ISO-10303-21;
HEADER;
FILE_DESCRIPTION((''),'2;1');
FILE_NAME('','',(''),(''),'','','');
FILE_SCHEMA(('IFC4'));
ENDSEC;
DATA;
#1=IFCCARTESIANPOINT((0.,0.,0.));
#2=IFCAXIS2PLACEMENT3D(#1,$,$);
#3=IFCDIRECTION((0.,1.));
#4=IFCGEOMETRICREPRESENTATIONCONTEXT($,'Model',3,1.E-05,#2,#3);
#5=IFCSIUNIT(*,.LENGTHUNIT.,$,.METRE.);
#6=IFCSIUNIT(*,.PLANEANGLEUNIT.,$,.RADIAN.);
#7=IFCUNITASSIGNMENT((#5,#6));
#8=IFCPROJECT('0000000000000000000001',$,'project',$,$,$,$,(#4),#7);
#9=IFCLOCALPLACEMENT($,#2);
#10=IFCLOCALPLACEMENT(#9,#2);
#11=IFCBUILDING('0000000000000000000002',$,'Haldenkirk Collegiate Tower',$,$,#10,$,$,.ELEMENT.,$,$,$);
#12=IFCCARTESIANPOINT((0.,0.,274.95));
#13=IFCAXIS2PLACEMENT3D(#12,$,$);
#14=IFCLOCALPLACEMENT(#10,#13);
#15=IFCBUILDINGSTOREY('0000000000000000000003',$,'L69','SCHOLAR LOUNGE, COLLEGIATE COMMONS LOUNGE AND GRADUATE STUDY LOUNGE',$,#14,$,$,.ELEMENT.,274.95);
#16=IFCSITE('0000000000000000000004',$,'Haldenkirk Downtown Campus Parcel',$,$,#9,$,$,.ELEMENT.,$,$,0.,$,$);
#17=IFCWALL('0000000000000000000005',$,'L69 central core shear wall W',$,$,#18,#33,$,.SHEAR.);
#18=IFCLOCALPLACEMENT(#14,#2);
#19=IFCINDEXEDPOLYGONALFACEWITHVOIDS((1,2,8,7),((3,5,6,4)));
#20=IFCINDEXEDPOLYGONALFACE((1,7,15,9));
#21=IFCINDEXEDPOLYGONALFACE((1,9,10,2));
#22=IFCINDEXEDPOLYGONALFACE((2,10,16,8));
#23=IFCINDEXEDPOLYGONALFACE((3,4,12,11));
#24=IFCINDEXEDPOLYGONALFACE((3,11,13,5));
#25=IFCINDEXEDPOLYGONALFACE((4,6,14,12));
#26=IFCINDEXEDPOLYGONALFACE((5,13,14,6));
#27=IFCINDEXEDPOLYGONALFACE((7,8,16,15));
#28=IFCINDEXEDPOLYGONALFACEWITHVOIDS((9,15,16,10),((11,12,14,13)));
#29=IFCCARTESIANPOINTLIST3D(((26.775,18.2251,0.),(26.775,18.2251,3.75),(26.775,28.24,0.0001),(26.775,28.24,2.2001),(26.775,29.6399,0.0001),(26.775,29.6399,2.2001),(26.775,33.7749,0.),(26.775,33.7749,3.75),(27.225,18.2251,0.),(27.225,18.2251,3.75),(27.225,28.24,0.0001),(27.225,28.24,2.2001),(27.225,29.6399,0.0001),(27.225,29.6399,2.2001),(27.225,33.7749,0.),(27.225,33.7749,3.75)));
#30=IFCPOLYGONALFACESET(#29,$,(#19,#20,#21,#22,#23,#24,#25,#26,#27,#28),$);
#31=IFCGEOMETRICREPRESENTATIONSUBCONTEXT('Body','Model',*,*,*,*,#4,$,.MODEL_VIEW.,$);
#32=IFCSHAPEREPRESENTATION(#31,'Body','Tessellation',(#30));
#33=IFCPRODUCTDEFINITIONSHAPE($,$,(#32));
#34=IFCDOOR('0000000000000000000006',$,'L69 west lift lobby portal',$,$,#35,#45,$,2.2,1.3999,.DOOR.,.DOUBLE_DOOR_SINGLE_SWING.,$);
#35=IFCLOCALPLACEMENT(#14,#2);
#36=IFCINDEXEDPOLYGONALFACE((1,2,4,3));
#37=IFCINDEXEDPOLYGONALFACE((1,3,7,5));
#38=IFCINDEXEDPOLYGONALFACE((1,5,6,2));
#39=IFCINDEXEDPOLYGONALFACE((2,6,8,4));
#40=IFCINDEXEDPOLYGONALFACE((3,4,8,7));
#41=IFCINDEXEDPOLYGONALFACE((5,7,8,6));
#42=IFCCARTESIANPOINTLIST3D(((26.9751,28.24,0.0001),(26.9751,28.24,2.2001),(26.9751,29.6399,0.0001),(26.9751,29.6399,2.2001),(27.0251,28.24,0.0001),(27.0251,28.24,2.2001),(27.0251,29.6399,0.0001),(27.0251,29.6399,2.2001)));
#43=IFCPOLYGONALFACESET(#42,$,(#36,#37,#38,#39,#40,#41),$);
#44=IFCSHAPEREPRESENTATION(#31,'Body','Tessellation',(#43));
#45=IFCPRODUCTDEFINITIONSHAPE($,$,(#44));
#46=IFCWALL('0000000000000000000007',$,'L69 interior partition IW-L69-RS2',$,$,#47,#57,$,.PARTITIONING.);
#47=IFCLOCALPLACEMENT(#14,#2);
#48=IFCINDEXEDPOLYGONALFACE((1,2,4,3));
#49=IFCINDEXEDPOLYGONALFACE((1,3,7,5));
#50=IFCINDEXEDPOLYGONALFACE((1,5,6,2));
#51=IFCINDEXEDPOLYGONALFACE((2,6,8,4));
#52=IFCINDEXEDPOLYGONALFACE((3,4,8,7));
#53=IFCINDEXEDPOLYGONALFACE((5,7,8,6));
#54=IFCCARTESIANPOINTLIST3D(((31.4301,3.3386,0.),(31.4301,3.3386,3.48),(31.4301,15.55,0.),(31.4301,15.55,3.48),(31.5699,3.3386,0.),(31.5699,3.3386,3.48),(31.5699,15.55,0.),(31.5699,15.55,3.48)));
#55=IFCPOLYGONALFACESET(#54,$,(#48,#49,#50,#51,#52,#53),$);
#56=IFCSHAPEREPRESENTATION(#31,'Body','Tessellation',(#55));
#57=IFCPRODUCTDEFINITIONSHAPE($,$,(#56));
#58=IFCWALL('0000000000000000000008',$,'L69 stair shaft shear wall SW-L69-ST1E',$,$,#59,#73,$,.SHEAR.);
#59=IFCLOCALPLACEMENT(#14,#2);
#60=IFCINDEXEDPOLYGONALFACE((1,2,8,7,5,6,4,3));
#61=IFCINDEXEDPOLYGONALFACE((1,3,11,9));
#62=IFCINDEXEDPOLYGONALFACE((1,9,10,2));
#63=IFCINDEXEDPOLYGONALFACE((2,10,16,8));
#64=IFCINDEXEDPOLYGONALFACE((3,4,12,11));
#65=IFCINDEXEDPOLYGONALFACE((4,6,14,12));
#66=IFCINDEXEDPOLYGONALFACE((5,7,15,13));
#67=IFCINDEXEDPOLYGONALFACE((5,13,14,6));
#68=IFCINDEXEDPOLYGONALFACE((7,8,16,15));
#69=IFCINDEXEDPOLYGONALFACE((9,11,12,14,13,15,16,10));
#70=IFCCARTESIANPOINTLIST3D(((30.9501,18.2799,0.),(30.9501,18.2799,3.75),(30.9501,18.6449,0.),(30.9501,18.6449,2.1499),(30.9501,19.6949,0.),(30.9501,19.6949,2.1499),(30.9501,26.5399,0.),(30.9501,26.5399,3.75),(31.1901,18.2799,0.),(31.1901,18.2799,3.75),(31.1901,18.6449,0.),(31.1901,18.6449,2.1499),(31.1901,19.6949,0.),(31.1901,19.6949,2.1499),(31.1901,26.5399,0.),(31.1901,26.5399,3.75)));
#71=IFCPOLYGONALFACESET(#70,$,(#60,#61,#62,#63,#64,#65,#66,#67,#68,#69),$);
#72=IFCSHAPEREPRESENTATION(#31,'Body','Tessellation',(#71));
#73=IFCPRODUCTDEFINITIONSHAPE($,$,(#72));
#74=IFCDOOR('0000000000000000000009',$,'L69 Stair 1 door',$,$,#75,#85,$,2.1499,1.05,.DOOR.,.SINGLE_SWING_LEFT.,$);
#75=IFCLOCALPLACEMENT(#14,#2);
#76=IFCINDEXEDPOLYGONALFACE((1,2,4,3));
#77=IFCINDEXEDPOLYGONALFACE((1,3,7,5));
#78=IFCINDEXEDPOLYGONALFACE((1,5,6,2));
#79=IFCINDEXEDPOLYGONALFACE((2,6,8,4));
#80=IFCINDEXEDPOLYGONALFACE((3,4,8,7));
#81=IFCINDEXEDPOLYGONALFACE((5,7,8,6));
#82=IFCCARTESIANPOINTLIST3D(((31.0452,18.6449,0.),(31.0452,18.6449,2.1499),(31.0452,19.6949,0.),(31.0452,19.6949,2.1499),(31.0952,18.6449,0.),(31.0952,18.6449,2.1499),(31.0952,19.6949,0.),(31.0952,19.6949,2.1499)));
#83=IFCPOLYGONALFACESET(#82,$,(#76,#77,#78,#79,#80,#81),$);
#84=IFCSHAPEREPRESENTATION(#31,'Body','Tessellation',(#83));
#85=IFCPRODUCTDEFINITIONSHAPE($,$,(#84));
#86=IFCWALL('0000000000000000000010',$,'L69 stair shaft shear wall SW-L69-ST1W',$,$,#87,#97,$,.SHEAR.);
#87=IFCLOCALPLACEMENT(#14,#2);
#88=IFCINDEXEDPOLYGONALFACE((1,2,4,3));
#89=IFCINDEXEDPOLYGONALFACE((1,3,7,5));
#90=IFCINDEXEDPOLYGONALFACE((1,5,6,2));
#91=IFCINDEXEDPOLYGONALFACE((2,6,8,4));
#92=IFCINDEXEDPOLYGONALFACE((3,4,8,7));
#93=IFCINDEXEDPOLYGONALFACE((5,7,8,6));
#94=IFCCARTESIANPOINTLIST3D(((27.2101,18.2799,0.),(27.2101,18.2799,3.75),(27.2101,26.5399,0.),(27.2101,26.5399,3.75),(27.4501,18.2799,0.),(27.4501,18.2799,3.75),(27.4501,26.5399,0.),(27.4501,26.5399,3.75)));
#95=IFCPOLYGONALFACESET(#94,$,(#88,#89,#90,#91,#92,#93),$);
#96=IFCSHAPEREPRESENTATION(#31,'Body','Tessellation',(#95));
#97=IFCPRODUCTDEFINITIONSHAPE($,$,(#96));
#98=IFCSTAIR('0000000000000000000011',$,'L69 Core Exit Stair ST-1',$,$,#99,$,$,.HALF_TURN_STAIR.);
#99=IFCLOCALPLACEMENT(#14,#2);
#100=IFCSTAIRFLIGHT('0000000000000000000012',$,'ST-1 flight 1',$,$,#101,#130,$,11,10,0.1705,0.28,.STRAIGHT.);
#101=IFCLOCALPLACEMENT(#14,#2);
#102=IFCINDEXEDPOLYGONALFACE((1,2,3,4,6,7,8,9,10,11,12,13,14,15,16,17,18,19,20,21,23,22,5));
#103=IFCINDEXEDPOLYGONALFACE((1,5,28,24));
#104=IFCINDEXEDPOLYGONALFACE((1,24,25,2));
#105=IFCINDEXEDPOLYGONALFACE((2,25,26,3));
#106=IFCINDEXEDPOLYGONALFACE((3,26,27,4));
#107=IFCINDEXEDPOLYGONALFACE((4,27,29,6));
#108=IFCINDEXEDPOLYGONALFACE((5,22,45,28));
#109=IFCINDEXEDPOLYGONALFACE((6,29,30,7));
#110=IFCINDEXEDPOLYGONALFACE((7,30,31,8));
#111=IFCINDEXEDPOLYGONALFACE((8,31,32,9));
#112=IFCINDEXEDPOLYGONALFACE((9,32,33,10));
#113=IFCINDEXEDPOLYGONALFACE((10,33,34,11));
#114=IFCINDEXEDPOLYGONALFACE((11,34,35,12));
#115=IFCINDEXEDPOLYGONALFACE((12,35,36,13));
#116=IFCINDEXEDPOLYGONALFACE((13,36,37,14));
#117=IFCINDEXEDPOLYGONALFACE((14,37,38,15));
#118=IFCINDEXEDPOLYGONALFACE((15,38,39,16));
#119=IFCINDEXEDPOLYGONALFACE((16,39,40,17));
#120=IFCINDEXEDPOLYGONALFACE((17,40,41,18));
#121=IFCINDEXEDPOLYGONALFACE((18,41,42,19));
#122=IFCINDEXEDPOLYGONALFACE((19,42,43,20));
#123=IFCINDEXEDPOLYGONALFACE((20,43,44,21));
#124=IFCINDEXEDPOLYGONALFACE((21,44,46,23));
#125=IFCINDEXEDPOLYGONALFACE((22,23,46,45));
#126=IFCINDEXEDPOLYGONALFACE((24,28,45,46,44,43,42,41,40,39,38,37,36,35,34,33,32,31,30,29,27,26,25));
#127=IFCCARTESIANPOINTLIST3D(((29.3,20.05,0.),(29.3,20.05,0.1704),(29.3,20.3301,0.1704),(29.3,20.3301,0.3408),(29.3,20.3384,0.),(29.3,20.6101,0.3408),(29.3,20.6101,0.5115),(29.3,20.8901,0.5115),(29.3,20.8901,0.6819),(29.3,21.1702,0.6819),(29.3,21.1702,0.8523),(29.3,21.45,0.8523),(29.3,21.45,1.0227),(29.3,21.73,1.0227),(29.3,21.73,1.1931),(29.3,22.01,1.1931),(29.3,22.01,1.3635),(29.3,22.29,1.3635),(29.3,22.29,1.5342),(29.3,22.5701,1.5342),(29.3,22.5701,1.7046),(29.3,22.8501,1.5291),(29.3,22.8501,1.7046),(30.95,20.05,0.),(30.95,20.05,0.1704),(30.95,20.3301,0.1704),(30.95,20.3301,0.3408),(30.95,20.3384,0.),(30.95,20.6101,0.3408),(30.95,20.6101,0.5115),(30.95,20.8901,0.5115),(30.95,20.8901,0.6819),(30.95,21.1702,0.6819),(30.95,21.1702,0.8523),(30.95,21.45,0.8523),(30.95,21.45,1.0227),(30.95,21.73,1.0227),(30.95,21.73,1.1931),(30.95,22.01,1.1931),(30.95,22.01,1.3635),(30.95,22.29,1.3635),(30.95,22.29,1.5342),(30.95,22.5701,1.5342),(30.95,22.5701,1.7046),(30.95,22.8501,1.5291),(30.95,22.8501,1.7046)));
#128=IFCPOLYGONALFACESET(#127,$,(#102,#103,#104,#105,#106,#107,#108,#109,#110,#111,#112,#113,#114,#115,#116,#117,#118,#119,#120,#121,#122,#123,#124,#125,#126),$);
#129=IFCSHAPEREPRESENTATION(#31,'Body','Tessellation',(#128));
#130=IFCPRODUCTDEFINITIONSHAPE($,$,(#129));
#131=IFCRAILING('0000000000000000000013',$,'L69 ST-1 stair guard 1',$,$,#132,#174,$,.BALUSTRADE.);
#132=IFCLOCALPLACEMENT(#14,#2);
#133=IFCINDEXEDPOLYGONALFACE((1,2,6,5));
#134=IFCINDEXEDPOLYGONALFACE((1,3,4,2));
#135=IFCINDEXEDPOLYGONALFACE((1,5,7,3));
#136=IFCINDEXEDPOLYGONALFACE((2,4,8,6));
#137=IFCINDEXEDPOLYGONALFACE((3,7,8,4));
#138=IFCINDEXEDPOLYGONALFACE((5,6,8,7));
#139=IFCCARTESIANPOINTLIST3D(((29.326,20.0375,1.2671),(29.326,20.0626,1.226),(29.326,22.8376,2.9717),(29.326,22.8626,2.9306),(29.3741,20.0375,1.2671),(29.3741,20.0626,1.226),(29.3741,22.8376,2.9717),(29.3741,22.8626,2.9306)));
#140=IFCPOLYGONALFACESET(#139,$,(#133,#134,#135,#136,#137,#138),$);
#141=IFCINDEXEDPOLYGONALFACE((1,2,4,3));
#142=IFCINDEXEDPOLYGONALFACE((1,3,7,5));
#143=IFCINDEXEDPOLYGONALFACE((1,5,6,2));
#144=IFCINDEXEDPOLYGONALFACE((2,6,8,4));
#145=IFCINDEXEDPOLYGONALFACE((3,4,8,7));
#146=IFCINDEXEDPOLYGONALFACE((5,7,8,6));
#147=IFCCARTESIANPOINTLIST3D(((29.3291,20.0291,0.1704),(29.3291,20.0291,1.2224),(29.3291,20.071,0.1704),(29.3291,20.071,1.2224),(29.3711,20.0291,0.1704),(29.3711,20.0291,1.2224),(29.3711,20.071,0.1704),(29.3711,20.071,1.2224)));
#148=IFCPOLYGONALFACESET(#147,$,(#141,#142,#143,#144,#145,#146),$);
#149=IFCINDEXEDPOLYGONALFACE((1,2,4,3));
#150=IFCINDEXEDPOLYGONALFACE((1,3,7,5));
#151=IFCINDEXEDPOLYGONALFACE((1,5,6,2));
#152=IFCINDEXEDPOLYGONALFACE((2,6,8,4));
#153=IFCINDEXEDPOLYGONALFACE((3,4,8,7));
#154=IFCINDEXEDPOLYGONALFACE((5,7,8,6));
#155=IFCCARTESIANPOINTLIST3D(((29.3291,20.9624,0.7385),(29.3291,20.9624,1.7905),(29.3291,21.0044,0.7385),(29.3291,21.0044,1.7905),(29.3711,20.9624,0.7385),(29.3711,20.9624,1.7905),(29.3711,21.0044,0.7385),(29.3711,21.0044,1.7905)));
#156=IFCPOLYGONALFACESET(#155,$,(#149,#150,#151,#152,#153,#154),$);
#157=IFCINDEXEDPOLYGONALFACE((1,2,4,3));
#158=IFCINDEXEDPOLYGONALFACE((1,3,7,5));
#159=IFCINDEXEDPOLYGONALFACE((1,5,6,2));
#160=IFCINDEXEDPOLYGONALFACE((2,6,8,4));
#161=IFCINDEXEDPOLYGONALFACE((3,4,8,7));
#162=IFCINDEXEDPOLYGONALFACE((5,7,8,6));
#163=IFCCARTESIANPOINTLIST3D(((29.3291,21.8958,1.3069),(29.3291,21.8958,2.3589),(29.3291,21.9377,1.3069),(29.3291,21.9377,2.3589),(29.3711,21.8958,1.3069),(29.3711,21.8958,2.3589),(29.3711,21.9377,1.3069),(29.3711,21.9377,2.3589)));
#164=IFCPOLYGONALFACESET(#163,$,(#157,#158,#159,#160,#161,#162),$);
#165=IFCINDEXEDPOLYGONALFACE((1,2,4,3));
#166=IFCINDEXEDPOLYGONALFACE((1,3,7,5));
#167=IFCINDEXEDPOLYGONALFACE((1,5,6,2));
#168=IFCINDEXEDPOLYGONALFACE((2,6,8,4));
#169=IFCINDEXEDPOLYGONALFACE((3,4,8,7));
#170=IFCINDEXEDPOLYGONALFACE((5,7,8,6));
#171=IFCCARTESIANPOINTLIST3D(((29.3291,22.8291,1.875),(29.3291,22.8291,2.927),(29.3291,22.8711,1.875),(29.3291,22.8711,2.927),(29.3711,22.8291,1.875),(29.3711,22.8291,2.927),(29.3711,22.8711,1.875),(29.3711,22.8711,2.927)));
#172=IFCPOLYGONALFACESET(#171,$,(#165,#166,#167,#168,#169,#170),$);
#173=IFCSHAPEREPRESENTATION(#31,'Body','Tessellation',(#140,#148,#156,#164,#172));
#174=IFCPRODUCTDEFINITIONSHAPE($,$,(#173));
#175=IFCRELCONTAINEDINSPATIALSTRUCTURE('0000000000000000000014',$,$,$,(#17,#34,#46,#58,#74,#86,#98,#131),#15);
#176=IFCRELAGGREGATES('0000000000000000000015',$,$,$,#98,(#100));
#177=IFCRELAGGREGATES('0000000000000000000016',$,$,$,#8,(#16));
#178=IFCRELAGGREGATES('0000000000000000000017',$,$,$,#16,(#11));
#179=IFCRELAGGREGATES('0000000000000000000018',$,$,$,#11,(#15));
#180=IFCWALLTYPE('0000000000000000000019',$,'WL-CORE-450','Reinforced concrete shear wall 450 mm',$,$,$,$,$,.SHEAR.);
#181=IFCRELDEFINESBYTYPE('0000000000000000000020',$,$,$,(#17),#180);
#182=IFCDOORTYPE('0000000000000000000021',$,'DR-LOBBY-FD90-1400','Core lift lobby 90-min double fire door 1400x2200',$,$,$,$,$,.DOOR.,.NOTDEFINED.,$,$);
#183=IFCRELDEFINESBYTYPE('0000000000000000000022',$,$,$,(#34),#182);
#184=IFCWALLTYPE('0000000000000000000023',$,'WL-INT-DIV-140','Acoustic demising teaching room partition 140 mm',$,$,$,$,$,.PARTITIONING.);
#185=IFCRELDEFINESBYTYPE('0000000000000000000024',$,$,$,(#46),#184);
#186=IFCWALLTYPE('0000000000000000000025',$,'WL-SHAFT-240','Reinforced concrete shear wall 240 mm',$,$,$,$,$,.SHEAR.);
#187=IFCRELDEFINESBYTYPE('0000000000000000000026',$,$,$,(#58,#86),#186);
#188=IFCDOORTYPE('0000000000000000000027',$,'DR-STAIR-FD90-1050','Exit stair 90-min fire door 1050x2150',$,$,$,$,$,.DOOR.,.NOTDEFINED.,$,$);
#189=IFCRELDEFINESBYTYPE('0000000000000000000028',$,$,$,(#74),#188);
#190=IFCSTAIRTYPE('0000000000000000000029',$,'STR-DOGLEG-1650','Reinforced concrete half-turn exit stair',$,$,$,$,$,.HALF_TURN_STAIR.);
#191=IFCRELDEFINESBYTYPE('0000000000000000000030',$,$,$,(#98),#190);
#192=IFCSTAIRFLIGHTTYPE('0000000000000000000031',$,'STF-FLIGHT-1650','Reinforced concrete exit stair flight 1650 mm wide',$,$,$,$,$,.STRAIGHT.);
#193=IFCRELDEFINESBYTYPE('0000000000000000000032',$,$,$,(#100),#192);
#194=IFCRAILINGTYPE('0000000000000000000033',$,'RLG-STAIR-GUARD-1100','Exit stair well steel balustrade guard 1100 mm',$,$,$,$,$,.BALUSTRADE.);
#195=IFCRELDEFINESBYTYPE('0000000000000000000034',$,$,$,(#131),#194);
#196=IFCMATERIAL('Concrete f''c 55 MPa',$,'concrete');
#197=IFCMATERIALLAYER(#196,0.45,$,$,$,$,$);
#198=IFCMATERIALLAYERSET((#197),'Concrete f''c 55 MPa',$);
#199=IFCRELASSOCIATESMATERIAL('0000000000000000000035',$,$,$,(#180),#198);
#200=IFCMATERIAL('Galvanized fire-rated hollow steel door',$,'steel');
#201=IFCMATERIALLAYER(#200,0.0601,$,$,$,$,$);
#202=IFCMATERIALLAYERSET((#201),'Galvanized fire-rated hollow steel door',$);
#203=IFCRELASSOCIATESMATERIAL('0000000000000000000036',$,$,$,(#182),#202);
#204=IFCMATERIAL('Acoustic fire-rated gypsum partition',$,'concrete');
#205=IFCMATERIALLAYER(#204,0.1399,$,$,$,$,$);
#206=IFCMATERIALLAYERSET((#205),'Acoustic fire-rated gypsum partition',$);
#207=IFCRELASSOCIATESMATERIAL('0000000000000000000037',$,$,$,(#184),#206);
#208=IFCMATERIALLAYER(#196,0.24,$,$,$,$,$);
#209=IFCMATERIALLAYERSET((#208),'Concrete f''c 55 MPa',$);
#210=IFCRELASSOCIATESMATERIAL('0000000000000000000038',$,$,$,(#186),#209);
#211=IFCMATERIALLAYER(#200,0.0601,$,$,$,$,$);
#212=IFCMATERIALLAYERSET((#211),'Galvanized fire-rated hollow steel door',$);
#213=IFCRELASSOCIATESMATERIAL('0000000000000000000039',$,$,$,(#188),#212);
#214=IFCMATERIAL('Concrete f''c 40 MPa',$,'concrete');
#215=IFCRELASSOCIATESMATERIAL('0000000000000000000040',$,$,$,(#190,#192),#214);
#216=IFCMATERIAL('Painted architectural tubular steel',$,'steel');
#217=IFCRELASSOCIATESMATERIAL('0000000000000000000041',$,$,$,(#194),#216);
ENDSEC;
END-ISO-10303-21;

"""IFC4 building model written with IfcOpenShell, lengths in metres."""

from ifc_helpers import new_model, si_unit, direction, frame, frame_2d, origin, origin_2d, place, context, subcontext, project, spatial, polyline, rectangle, outline, extrude, material, layer, layer_set, type_object, element, fill, aggregate, save


model = new_model("IFC4")

# Units and contexts
model_context = context("Model", 3, precision=1e-05, world=origin(), true_north=direction((0.0, 1.0)))
body_context = subcontext(model_context, "Body", "Model", "MODEL_VIEW")
ifc_project = project(units=[si_unit("LENGTHUNIT", "METRE"), si_unit("PLANEANGLEUNIT", "RADIAN")], contexts=[model_context])

# Site, building, storey
site_placement = place(None, origin())
site = spatial("IfcSite", under=ifc_project, at=site_placement, Name="Haldenkirk Downtown Campus Parcel", CompositionType="ELEMENT", RefElevation=0.0)
building_placement = place(site_placement, origin())
building = spatial("IfcBuilding", under=site, at=building_placement, Name="Haldenkirk Collegiate Tower", CompositionType="ELEMENT")
storey_placement = place(building_placement, frame((0.0, 0.0, 274.95)))
storey = spatial("IfcBuildingStorey", under=building, at=storey_placement, Name="L69", Description="SCHOLAR LOUNGE, COLLEGIATE COMMONS LOUNGE AND GRADUATE STUDY LOUNGE", CompositionType="ELEMENT", Elevation=274.95)

# Shared definitions
ifc_material_1 = material(Name="Concrete f'c 55 MPa", Category="concrete")
ifc_layer_1 = layer(ifc_material_1, 0.45)
ifc_layer_set_1 = layer_set([ifc_layer_1], Name="Concrete f'c 55 MPa")
wall_type_1 = type_object("IfcWallType", Name="WL-CORE-450", Description="Reinforced concrete shear wall 450 mm", PredefinedType="SHEAR", material=ifc_layer_set_1)
ifc_material_2 = material(Name="Galvanized fire-rated hollow steel door", Category="steel")

# Wall, opening, door
wall_1_placement = place(storey_placement, frame((27.0, 18.2251, 0.0), z_axis=(0.0, 0.0, 1.0), x_axis=(0.0, 1.0, 0.0)))
wall_1 = element("IfcWall", 1, at=wall_1_placement, inside=storey, type_object=wall_type_1, Name="L69 central core shear wall W", PredefinedType="SHEAR", context=body_context, shape_type="SweptSolid", body=[
    extrude(rectangle(XDim=15.5498, YDim=0.45, at=frame_2d((7.7749, 0.0))), origin(), (0.0, 0.0, 1.0), 3.75),
])
opening_1_placement = place(wall_1_placement, frame((10.0149, 0.0, 0.0)))
opening_1 = element("IfcOpeningElement", 2, at=opening_1_placement, cuts=wall_1, PredefinedType="OPENING", context=body_context, shape_type="SweptSolid", body=[
    extrude(rectangle(XDim=1.3999, YDim=2.2, at=frame_2d((0.7, 1.1001))), frame((0.0, 0.2349, 0.0), z_axis=(0.0, -1.0, 0.0), x_axis=(1.0, 0.0, 0.0)), (0.0, 0.0, 1.0), 0.47),
])
ifc_layer_2 = layer(ifc_material_2, 0.0601)
ifc_layer_set_2 = layer_set([ifc_layer_2], Name="Galvanized fire-rated hollow steel door")
door_type_1 = type_object("IfcDoorType", Name="DR-LOBBY-FD90-1400", Description="Core lift lobby 90-min double fire door 1400x2200", OperationType="NOTDEFINED", PredefinedType="DOOR", material=ifc_layer_set_2)
door_1_placement = place(opening_1_placement, origin())
door_1 = element("IfcDoor", 3, at=door_1_placement, inside=storey, type_object=door_type_1, Name="L69 west lift lobby portal", OperationType="DOUBLE_DOOR_SINGLE_SWING", OverallHeight=2.2, OverallWidth=1.3999, PredefinedType="DOOR", context=body_context, shape_type="SweptSolid", body=[
    extrude(rectangle(XDim=1.3999, YDim=2.2, at=frame_2d((0.7, 1.1001))), frame((0.0, 0.0249, 0.0), z_axis=(0.0, -1.0, 0.0), x_axis=(1.0, 0.0, 0.0)), (0.0, 0.0, 1.0), 0.05),
])
fill(opening_1, door_1)

# Wall
ifc_material_3 = material(Name="Acoustic fire-rated gypsum partition", Category="concrete")
ifc_layer_3 = layer(ifc_material_3, 0.1399)
ifc_layer_set_3 = layer_set([ifc_layer_3], Name="Acoustic fire-rated gypsum partition")
wall_type_2 = type_object("IfcWallType", Name="WL-INT-DIV-140", Description="Acoustic demising teaching room partition 140 mm", PredefinedType="PARTITIONING", material=ifc_layer_set_3)
wall_2_placement = place(storey_placement, frame((31.5, 3.3386, 0.0), z_axis=(0.0, 0.0, 1.0), x_axis=(0.0, 1.0, 0.0)))
element("IfcWall", 4, at=wall_2_placement, inside=storey, type_object=wall_type_2, Name="L69 interior partition IW-L69-RS2", PredefinedType="PARTITIONING", context=body_context, shape_type="SweptSolid", body=[
    extrude(rectangle(XDim=12.2114, YDim=0.1399, at=frame_2d((6.1057, 0.0))), origin(), (0.0, 0.0, 1.0), 3.48),
])

# Wall, opening, door
ifc_layer_4 = layer(ifc_material_1, 0.24)
ifc_layer_set_4 = layer_set([ifc_layer_4], Name="Concrete f'c 55 MPa")
wall_type_3 = type_object("IfcWallType", Name="WL-SHAFT-240", Description="Reinforced concrete shear wall 240 mm", PredefinedType="SHEAR", material=ifc_layer_set_4)
wall_3_placement = place(storey_placement, frame((31.0701, 18.28, 0.0), z_axis=(0.0, 0.0, 1.0), x_axis=(0.0, 1.0, 0.0)))
wall_3 = element("IfcWall", 5, at=wall_3_placement, inside=storey, type_object=wall_type_3, Name="L69 stair shaft shear wall SW-L69-ST1E", PredefinedType="SHEAR", context=body_context, shape_type="SweptSolid", body=[
    extrude(rectangle(XDim=8.26, YDim=0.24, at=frame_2d((4.1299, 0.0))), origin(), (0.0, 0.0, 1.0), 3.75),
])
opening_2_placement = place(wall_3_placement, frame((0.365, 0.0, 0.0)))
opening_2 = element("IfcOpeningElement", 6, at=opening_2_placement, cuts=wall_3, PredefinedType="OPENING", context=body_context, shape_type="SweptSolid", body=[
    extrude(rectangle(XDim=1.05, YDim=2.1499, at=frame_2d((0.5249, 1.075))), frame((0.0, 0.1299, 0.0), z_axis=(0.0, -1.0, 0.0), x_axis=(1.0, 0.0, 0.0)), (0.0, 0.0, 1.0), 0.26),
])
ifc_layer_5 = layer(ifc_material_2, 0.0601)
ifc_layer_set_5 = layer_set([ifc_layer_5], Name="Galvanized fire-rated hollow steel door")
door_type_2 = type_object("IfcDoorType", Name="DR-STAIR-FD90-1050", Description="Exit stair 90-min fire door 1050x2150", OperationType="NOTDEFINED", PredefinedType="DOOR", material=ifc_layer_set_5)
door_2_placement = place(opening_2_placement, origin())
door_2 = element("IfcDoor", 7, at=door_2_placement, inside=storey, type_object=door_type_2, Name="L69 Stair 1 door", OperationType="SINGLE_SWING_LEFT", OverallHeight=2.1499, OverallWidth=1.05, PredefinedType="DOOR", context=body_context, shape_type="SweptSolid", body=[
    extrude(rectangle(XDim=1.05, YDim=2.1499, at=frame_2d((0.5249, 1.075))), frame((0.0, 0.0249, 0.0), z_axis=(0.0, -1.0, 0.0), x_axis=(1.0, 0.0, 0.0)), (0.0, 0.0, 1.0), 0.05),
])
fill(opening_2, door_2)

# Wall
wall_4_placement = place(storey_placement, frame((27.3301, 18.28, 0.0), z_axis=(0.0, 0.0, 1.0), x_axis=(0.0, 1.0, 0.0)))
element("IfcWall", 8, at=wall_4_placement, inside=storey, type_object=wall_type_3, Name="L69 stair shaft shear wall SW-L69-ST1W", PredefinedType="SHEAR", context=body_context, shape_type="SweptSolid", body=[
    extrude(rectangle(XDim=8.26, YDim=0.24, at=frame_2d((4.1299, 0.0))), origin(), (0.0, 0.0, 1.0), 3.75),
])

# Stair, stair flight
ifc_material_4 = material(Name="Concrete f'c 40 MPa", Category="concrete")
stair_type = type_object("IfcStairType", Name="STR-DOGLEG-1650", Description="Reinforced concrete half-turn exit stair", PredefinedType="HALF_TURN_STAIR", material=ifc_material_4)
stair_placement = place(storey_placement, origin())
stair = element("IfcStair", 9, at=stair_placement, inside=storey, type_object=stair_type, Name="L69 Core Exit Stair ST-1", PredefinedType="HALF_TURN_STAIR")
stair_flight_type = type_object("IfcStairFlightType", Name="STF-FLIGHT-1650", Description="Reinforced concrete exit stair flight 1650 mm wide", PredefinedType="STRAIGHT", material=ifc_material_4)
stair_flight_placement = place(storey_placement, frame((30.125, 20.05, 0.0), z_axis=(0.0, 0.0, 1.0), x_axis=(0.0, 1.0, 0.0)))
stair_flight = element("IfcStairFlight", 10, at=stair_flight_placement, type_object=stair_flight_type, Name="ST-1 flight 1", NumberOfRisers=11, NumberOfTreads=10, PredefinedType="STRAIGHT", RiserHeight=0.1705, TreadLength=0.28, context=body_context, shape_type="SweptSolid", body=[
    extrude(outline(polyline([(0.0, 0.0), (0.0, 0.1704), (0.28, 0.1704), (0.28, 0.3408), (0.5601, 0.3408), (0.5601, 0.5115), (0.8401, 0.5115), (0.8401, 0.6819), (1.1201, 0.6819), (1.1201, 0.8523), (1.3999, 0.8523), (1.3999, 1.0227), (1.6799, 1.0227), (1.6799, 1.1931), (1.96, 1.1931), (1.96, 1.3635), (2.24, 1.3635), (2.24, 1.5342), (2.52, 1.5342), (2.52, 1.7046), (2.8, 1.7046), (2.8, 1.875), (2.8, 1.5291), (0.2883, 0.0), (0.0, 0.0)])), frame((0.0, 0.825, 0.0), z_axis=(0.0, -1.0, 0.0), x_axis=(1.0, 0.0, 0.0)), (0.0, 0.0, 1.0), 1.6499),
])
aggregate(stair, [stair_flight])

# Railing
ifc_material_5 = material(Name="Painted architectural tubular steel", Category="steel")
railing_type_1 = type_object("IfcRailingType", Name="RLG-STAIR-GUARD-1100", Description="Exit stair well steel balustrade guard 1100 mm", PredefinedType="BALUSTRADE", material=ifc_material_5)
railing_1_placement = place(storey_placement, frame((29.3501, 20.05, 0.1704)))
element("IfcRailing", 11, at=railing_1_placement, inside=storey, type_object=railing_type_1, Name="L69 ST-1 stair guard 1", PredefinedType="BALUSTRADE", context=body_context, shape_type="SweptSolid", body=[
    extrude(rectangle(XDim=0.0481, YDim=0.0481, at=origin_2d()), frame((0.0, 0.0, 1.0762), z_axis=(0.0, 0.85417, 0.519994), x_axis=(-1.0, 0.0, 0.0)), (0.0, 0.0, 1.0), 3.2781),
    extrude(rectangle(XDim=0.042, YDim=0.042, at=origin_2d()), origin(), (0.0, 0.0, 1.0), 1.052),
    extrude(rectangle(XDim=0.042, YDim=0.042, at=origin_2d()), frame((0.0, 0.9333, 0.5681)), (0.0, 0.0, 1.0), 1.052),
    extrude(rectangle(XDim=0.042, YDim=0.042, at=origin_2d()), frame((0.0, 1.8667, 1.1365)), (0.0, 0.0, 1.0), 1.052),
    extrude(rectangle(XDim=0.042, YDim=0.042, at=origin_2d()), frame((0.0, 2.8, 1.7046)), (0.0, 0.0, 1.0), 1.052),
])

save(model, "model.ifc")
